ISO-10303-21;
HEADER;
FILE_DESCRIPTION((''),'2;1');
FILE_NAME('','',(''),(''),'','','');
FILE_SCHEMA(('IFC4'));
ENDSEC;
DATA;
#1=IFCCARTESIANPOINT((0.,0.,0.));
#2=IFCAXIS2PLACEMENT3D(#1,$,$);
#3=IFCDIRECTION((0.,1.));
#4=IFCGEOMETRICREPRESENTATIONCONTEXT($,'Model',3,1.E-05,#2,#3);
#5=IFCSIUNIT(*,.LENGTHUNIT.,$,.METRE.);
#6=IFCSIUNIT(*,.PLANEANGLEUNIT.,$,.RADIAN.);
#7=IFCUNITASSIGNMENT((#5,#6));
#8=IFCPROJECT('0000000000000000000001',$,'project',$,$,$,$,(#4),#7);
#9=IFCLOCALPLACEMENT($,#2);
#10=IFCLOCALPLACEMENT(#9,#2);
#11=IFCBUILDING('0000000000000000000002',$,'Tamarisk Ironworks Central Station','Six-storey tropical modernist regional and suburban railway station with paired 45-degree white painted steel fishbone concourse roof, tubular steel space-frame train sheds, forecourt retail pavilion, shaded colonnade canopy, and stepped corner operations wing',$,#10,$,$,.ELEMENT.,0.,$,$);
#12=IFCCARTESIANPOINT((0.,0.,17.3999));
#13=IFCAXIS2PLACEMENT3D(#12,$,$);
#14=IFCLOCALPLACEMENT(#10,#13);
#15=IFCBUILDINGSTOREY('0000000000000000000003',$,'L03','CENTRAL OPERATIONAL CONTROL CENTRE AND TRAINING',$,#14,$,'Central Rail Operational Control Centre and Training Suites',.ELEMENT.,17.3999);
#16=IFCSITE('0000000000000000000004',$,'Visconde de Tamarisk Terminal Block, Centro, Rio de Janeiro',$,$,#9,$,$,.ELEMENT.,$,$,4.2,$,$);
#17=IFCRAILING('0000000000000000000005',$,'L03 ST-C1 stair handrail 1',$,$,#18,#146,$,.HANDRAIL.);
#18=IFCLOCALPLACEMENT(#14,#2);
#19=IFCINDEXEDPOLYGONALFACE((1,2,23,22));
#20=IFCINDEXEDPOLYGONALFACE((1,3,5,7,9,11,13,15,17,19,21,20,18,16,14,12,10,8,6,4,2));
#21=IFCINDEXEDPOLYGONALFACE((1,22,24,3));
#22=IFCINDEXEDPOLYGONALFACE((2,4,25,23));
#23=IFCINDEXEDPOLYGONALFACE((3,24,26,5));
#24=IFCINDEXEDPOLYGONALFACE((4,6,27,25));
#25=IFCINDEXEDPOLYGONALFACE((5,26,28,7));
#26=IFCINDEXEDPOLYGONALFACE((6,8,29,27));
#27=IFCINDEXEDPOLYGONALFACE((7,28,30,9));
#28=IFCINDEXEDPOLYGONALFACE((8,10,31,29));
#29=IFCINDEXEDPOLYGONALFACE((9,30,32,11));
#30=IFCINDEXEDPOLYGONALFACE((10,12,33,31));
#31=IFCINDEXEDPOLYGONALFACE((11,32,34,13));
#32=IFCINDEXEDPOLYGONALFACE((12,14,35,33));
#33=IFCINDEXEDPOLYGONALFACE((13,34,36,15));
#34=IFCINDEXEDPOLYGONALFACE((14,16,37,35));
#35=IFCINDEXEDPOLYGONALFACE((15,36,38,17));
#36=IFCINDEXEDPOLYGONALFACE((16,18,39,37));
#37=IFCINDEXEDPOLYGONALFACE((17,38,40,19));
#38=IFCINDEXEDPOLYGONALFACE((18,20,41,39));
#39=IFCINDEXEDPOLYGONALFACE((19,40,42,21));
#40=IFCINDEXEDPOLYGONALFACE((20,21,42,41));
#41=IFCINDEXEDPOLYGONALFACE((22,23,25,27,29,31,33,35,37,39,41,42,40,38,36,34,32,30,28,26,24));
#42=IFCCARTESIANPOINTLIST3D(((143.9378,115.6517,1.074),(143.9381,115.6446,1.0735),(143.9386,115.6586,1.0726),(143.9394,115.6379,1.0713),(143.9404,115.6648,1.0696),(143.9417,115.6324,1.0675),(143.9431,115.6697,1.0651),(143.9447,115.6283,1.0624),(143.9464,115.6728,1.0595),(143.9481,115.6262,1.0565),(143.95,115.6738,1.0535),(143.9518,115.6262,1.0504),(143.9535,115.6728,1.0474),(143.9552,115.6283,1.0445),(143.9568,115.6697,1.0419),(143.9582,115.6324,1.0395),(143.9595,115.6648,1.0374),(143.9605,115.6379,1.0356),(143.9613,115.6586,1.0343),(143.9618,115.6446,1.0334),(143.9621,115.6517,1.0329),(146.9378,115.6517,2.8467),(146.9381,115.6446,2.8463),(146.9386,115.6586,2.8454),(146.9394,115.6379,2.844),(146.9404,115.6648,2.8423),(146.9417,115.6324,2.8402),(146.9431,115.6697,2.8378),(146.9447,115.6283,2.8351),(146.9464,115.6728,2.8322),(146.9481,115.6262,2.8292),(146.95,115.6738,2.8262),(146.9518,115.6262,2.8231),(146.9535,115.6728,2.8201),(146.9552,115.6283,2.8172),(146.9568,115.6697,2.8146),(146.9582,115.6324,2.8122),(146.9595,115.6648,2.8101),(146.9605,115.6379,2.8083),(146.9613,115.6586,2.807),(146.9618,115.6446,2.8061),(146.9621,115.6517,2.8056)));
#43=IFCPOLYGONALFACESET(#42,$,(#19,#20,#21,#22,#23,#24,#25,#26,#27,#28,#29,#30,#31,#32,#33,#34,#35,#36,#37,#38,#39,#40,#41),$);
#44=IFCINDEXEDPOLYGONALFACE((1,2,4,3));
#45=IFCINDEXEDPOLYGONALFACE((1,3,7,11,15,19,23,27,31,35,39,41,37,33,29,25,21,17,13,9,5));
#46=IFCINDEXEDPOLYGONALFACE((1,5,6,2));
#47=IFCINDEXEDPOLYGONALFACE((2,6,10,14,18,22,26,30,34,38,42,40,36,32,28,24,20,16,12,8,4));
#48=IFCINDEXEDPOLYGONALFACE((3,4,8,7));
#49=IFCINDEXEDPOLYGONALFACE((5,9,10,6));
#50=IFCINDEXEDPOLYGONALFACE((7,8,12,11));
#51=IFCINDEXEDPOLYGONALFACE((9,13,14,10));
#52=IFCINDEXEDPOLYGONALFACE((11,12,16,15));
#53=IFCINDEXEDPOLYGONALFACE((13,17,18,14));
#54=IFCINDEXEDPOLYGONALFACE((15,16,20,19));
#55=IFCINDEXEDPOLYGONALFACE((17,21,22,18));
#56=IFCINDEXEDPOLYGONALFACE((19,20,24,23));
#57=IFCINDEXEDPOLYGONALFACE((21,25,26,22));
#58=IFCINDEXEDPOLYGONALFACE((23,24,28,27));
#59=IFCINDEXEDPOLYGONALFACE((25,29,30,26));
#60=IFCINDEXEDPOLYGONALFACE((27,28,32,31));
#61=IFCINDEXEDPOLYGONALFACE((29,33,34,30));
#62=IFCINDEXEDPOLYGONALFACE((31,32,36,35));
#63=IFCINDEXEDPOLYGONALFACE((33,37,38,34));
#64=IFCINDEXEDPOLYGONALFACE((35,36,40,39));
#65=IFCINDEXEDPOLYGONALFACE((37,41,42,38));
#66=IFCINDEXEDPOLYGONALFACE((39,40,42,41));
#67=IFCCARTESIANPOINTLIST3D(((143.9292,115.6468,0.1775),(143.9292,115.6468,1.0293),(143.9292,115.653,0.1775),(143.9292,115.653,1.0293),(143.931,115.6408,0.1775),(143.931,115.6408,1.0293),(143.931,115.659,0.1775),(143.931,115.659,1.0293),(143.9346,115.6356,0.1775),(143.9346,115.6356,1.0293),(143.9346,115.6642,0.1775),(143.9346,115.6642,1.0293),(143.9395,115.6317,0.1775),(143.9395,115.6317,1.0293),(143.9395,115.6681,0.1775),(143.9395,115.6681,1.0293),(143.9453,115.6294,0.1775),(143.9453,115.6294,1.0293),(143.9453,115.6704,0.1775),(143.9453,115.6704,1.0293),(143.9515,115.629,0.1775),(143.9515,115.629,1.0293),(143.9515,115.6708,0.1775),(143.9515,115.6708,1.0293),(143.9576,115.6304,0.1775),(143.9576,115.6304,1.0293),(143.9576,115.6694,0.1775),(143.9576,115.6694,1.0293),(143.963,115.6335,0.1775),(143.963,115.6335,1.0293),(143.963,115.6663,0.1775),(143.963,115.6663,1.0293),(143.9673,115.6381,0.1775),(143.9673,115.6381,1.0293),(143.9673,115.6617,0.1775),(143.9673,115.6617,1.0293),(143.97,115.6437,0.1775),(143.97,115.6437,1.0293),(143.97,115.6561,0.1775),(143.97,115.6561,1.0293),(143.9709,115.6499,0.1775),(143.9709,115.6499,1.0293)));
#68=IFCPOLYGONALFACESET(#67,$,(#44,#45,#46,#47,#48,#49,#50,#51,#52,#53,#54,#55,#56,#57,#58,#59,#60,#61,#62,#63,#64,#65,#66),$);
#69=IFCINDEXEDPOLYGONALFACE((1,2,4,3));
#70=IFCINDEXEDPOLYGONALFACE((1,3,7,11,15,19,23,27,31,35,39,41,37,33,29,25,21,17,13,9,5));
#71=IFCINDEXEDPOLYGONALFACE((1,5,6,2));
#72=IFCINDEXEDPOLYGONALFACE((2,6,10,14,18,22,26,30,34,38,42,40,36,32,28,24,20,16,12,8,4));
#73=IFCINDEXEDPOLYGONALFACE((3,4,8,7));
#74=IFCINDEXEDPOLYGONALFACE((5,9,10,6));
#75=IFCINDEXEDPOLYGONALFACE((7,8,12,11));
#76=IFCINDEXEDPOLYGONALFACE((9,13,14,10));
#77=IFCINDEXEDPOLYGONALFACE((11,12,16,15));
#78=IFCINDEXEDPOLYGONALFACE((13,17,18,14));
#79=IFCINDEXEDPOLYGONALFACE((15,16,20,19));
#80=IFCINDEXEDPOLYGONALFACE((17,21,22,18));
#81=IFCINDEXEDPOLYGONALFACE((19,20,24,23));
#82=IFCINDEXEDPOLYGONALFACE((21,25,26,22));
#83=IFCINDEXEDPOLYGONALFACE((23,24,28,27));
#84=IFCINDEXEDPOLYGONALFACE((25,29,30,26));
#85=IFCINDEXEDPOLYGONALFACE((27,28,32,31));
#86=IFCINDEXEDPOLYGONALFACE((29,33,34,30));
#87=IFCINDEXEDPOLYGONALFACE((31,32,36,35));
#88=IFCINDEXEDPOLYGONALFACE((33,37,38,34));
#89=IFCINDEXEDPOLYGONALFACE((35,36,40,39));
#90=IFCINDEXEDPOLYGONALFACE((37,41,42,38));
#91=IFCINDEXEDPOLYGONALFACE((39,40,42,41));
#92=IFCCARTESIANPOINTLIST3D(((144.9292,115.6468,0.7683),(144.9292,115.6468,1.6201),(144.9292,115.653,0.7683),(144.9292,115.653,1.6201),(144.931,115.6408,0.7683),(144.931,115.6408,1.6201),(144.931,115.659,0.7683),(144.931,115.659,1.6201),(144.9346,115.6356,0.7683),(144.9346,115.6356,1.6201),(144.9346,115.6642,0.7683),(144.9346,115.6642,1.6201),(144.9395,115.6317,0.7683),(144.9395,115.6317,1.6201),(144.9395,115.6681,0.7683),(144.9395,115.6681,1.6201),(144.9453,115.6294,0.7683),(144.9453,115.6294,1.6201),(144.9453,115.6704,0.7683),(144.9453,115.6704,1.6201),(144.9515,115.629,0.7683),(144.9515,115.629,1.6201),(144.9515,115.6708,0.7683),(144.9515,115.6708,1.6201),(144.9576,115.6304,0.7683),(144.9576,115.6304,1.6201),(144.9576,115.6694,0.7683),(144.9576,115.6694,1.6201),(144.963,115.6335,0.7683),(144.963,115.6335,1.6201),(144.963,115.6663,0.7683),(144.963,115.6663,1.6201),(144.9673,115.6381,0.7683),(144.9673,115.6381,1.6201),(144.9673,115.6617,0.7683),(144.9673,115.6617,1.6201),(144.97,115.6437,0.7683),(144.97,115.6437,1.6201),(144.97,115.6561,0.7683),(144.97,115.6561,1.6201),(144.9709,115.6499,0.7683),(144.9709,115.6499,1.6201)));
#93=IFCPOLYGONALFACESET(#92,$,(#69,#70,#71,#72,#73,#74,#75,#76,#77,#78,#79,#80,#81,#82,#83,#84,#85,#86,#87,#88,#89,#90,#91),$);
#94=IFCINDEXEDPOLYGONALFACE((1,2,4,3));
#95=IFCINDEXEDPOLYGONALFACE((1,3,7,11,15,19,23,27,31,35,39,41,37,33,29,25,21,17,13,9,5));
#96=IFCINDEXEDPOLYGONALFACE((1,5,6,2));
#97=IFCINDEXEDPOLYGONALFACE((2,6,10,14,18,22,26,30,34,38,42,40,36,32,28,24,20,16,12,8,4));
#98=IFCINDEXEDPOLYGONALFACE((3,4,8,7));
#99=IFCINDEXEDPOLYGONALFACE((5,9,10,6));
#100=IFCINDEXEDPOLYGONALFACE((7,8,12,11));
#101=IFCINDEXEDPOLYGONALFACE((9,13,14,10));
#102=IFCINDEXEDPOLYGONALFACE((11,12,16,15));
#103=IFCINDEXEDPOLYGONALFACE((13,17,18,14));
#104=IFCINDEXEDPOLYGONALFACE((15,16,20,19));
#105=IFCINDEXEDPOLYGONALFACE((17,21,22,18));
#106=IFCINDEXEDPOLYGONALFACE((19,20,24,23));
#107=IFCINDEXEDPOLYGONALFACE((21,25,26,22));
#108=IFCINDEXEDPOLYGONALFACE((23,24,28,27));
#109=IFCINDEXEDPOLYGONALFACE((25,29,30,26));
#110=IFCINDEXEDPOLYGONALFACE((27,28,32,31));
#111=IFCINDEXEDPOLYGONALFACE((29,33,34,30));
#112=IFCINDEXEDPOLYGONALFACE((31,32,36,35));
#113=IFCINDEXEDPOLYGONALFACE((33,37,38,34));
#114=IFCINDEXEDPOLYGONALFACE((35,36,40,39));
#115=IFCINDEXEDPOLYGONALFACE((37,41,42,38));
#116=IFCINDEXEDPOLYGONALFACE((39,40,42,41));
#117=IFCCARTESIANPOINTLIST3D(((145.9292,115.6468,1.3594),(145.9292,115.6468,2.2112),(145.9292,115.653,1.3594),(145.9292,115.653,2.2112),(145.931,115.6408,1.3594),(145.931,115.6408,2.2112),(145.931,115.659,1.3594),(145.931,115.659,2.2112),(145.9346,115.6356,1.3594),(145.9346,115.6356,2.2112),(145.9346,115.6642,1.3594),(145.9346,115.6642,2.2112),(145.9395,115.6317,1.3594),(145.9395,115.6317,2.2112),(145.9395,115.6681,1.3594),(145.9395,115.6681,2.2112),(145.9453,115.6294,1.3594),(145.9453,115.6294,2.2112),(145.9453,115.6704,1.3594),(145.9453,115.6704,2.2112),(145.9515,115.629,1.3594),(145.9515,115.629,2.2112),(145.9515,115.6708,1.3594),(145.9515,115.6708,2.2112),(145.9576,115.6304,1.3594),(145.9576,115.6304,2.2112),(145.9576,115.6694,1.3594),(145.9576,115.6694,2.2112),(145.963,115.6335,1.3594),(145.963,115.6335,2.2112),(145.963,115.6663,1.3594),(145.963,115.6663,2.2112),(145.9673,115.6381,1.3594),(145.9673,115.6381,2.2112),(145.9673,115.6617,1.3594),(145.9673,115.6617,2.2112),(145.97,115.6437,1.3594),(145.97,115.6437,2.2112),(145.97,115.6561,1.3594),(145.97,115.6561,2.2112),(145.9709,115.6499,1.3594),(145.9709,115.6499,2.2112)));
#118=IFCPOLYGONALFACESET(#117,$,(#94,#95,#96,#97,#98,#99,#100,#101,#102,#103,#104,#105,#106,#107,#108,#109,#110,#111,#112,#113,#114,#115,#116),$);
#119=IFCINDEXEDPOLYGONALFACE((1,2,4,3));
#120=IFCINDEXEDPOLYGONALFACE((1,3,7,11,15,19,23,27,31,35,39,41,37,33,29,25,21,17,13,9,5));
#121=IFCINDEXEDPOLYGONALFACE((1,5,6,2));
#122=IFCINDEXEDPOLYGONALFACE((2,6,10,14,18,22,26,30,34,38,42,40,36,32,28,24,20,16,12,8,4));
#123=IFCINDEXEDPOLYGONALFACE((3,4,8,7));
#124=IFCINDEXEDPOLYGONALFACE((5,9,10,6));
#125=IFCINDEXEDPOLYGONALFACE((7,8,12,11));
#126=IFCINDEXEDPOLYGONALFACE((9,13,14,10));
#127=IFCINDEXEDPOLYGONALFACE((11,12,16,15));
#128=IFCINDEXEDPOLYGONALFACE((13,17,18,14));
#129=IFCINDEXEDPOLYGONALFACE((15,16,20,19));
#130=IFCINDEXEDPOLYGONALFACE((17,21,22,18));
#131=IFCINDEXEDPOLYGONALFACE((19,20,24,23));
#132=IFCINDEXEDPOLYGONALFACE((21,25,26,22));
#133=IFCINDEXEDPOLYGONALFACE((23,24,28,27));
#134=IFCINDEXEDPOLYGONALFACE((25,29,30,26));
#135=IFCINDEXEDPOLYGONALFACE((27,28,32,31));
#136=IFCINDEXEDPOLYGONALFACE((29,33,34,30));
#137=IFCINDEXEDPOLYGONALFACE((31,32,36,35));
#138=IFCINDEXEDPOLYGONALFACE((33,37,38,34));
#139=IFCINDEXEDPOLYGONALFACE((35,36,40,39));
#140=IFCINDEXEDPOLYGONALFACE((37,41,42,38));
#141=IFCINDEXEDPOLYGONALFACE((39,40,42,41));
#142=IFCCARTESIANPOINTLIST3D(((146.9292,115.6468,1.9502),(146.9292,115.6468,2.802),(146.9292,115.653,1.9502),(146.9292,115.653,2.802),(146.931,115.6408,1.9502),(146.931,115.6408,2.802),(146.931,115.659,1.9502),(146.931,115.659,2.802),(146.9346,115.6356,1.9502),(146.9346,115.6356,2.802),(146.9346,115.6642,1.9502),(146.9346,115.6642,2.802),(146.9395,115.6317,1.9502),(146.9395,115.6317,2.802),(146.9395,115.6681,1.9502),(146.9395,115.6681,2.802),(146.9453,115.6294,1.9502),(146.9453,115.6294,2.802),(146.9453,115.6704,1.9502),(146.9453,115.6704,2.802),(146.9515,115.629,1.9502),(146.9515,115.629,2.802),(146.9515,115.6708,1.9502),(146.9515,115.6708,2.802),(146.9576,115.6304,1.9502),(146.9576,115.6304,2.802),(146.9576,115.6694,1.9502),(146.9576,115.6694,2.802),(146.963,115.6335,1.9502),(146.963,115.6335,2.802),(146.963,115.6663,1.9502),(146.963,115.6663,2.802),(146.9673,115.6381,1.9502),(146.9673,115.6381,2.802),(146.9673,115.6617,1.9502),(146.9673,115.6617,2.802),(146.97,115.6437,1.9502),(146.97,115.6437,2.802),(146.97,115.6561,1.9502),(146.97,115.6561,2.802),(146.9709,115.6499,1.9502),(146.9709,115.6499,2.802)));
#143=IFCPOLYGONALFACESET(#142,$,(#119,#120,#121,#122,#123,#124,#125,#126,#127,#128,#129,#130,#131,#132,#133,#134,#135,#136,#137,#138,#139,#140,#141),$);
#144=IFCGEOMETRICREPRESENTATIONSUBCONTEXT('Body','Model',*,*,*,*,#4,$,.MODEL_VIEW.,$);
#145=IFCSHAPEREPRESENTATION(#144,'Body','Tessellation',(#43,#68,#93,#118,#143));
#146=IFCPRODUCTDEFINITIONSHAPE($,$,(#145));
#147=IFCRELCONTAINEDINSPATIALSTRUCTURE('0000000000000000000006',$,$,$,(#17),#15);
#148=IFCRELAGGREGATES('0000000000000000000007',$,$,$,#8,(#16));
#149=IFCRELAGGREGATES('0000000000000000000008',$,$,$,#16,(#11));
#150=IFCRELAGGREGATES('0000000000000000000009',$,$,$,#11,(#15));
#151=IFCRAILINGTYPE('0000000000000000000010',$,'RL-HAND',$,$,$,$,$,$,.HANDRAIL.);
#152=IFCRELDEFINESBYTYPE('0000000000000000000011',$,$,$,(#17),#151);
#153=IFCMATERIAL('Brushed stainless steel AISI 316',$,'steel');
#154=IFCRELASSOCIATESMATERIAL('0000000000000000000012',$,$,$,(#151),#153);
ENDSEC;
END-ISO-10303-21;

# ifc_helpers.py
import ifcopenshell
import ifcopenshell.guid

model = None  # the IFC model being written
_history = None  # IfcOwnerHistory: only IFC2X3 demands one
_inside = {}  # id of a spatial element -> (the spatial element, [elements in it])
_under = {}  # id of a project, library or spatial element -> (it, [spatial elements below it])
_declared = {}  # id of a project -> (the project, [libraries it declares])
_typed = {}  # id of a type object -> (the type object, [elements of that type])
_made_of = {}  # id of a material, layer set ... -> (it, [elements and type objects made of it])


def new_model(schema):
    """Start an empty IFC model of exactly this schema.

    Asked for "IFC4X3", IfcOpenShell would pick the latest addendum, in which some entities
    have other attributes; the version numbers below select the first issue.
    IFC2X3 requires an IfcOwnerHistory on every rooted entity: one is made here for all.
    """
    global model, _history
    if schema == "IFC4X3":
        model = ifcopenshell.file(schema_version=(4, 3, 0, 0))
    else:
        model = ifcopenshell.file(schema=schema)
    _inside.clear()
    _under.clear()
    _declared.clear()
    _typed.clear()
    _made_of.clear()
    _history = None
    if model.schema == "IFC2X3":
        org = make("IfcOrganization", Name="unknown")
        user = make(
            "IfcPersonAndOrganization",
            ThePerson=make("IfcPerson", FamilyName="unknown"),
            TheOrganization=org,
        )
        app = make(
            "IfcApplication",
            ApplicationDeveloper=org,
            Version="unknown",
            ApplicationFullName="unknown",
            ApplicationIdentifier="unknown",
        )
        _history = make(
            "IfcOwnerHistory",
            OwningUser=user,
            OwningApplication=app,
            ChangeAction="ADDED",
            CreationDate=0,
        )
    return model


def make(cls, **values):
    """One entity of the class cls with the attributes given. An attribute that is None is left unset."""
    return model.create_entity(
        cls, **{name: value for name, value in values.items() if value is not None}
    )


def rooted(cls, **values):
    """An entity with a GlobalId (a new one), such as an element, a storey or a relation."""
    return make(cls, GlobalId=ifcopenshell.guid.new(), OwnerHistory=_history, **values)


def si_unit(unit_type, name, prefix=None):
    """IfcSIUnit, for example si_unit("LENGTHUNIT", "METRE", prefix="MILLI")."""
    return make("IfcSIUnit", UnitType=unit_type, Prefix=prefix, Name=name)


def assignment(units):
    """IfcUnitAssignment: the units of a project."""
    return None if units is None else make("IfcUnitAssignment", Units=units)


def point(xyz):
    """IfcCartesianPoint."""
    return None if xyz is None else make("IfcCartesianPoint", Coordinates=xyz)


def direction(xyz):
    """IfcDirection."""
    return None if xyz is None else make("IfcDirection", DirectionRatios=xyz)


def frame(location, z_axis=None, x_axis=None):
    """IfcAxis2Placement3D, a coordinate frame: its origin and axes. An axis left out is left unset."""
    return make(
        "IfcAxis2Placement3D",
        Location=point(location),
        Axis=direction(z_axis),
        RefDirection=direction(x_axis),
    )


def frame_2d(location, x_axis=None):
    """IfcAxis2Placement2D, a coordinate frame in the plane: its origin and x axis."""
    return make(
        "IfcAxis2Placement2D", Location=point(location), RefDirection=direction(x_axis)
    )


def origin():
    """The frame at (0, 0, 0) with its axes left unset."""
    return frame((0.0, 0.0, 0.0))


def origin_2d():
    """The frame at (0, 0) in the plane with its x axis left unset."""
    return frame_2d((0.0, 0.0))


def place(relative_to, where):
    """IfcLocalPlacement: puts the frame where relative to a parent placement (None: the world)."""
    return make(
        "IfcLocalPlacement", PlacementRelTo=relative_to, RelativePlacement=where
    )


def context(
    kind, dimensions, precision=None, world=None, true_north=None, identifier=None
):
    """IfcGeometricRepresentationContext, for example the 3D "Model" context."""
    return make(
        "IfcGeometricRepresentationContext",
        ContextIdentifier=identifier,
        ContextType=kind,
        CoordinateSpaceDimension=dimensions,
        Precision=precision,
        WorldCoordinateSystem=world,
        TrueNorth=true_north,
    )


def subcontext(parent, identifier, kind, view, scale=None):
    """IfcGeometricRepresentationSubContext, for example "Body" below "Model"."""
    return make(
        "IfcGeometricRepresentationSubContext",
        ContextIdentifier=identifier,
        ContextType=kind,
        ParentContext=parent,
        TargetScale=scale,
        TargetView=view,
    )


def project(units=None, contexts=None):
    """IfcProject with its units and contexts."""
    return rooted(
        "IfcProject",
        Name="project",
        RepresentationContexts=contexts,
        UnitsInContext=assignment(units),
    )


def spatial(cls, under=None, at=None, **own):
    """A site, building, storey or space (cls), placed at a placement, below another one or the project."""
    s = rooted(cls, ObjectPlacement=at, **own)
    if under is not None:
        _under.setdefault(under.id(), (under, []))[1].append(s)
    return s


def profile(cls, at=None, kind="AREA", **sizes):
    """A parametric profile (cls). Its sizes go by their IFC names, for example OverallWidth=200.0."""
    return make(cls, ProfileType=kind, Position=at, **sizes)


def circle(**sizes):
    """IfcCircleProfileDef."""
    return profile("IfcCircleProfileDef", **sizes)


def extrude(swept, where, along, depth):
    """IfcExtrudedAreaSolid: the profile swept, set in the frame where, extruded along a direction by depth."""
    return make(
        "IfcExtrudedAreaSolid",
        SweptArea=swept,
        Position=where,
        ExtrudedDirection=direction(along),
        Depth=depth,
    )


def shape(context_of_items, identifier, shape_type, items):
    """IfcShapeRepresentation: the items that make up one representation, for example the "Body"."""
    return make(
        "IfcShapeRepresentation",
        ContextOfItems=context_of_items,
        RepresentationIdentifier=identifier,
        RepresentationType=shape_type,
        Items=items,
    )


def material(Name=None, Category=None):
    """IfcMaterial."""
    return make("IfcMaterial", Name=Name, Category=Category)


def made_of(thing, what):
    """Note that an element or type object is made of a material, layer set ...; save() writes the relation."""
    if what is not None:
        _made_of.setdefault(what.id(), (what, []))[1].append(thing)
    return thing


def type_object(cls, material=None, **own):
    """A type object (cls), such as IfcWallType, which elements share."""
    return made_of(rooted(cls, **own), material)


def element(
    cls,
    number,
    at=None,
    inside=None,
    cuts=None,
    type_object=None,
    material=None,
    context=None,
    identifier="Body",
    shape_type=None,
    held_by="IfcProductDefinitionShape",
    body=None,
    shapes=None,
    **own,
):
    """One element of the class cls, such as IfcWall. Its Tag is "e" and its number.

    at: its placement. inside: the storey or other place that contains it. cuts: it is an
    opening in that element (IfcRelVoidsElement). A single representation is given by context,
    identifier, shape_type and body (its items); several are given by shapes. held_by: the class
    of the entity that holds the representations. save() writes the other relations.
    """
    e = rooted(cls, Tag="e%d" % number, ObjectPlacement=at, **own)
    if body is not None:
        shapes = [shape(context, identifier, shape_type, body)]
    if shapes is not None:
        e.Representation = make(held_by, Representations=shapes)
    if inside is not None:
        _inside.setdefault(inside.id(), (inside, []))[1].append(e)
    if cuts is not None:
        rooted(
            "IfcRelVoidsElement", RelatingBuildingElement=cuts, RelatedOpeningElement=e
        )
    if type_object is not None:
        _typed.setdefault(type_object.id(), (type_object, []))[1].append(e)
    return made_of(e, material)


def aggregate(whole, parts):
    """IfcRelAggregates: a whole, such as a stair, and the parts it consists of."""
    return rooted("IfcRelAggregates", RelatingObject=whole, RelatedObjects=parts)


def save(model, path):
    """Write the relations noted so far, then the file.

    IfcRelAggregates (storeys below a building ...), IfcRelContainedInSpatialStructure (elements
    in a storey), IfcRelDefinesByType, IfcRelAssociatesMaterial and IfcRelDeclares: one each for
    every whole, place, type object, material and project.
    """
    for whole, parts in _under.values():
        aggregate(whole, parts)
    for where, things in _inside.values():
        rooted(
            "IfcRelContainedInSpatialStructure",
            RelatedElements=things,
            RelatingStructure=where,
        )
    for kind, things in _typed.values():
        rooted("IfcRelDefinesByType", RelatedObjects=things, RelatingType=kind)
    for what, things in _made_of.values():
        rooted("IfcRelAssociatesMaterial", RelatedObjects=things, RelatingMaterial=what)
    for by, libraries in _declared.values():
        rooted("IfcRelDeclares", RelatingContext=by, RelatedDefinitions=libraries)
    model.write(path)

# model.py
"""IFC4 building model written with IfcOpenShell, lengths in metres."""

from ifc_helpers import new_model, si_unit, direction, frame, origin, origin_2d, place, context, subcontext, project, spatial, circle, extrude, material, type_object, element, save


model = new_model("IFC4")

# Units and contexts
model_context = context("Model", 3, precision=1e-05, world=origin(), true_north=direction((0.0, 1.0)))
body_context = subcontext(model_context, "Body", "Model", "MODEL_VIEW")
ifc_project = project(units=[si_unit("LENGTHUNIT", "METRE"), si_unit("PLANEANGLEUNIT", "RADIAN")], contexts=[model_context])

# Site, building, storey
site_placement = place(None, origin())
site = spatial("IfcSite", under=ifc_project, at=site_placement, Name="Visconde de Tamarisk Terminal Block, Centro, Rio de Janeiro", CompositionType="ELEMENT", RefElevation=4.2)
building_placement = place(site_placement, origin())
building = spatial("IfcBuilding", under=site, at=building_placement, Name="Tamarisk Ironworks Central Station", Description="Six-storey tropical modernist regional and suburban railway station with paired 45-degree white painted steel fishbone concourse roof, tubular steel space-frame train sheds, forecourt retail pavilion, shaded colonnade canopy, and stepped corner operations wing", CompositionType="ELEMENT", ElevationOfRefHeight=0.0)
storey_placement = place(building_placement, frame((0.0, 0.0, 17.3999)))
storey = spatial("IfcBuildingStorey", under=building, at=storey_placement, Name="L03", Description="CENTRAL OPERATIONAL CONTROL CENTRE AND TRAINING", LongName="Central Rail Operational Control Centre and Training Suites", CompositionType="ELEMENT", Elevation=17.3999)

# Railing
ifc_material_1 = material(Name="Brushed stainless steel AISI 316", Category="steel")
railing_type_1 = type_object("IfcRailingType", Name="RL-HAND", PredefinedType="HANDRAIL", material=ifc_material_1)
railing_1_placement = place(storey_placement, frame((143.95, 115.6499, 0.1775)))
element("IfcRailing", 1, at=railing_1_placement, inside=storey, type_object=railing_type_1, Name="L03 ST-C1 stair handrail 1", PredefinedType="HANDRAIL", context=body_context, shape_type="SweptSolid", body=[
    extrude(circle(Radius=0.0239, at=origin_2d()), frame((0.0, 0.0, 0.876), z_axis=(0.860929, 0.0, 0.508725), x_axis=(0.0, 1.0, 0.0)), (0.0, 0.0, 1.0), 3.4846),
    extrude(circle(Radius=0.021, at=origin_2d()), origin(), (0.0, 0.0, 1.0), 0.8518),
    extrude(circle(Radius=0.021, at=origin_2d()), frame((1.0, 0.0, 0.5908)), (0.0, 0.0, 1.0), 0.8518),
    extrude(circle(Radius=0.021, at=origin_2d()), frame((2.0, 0.0, 1.1819)), (0.0, 0.0, 1.0), 0.8518),
    extrude(circle(Radius=0.021, at=origin_2d()), frame((3.0, 0.0, 1.7727)), (0.0, 0.0, 1.0), 0.8518),
])

save(model, "model.ifc")
